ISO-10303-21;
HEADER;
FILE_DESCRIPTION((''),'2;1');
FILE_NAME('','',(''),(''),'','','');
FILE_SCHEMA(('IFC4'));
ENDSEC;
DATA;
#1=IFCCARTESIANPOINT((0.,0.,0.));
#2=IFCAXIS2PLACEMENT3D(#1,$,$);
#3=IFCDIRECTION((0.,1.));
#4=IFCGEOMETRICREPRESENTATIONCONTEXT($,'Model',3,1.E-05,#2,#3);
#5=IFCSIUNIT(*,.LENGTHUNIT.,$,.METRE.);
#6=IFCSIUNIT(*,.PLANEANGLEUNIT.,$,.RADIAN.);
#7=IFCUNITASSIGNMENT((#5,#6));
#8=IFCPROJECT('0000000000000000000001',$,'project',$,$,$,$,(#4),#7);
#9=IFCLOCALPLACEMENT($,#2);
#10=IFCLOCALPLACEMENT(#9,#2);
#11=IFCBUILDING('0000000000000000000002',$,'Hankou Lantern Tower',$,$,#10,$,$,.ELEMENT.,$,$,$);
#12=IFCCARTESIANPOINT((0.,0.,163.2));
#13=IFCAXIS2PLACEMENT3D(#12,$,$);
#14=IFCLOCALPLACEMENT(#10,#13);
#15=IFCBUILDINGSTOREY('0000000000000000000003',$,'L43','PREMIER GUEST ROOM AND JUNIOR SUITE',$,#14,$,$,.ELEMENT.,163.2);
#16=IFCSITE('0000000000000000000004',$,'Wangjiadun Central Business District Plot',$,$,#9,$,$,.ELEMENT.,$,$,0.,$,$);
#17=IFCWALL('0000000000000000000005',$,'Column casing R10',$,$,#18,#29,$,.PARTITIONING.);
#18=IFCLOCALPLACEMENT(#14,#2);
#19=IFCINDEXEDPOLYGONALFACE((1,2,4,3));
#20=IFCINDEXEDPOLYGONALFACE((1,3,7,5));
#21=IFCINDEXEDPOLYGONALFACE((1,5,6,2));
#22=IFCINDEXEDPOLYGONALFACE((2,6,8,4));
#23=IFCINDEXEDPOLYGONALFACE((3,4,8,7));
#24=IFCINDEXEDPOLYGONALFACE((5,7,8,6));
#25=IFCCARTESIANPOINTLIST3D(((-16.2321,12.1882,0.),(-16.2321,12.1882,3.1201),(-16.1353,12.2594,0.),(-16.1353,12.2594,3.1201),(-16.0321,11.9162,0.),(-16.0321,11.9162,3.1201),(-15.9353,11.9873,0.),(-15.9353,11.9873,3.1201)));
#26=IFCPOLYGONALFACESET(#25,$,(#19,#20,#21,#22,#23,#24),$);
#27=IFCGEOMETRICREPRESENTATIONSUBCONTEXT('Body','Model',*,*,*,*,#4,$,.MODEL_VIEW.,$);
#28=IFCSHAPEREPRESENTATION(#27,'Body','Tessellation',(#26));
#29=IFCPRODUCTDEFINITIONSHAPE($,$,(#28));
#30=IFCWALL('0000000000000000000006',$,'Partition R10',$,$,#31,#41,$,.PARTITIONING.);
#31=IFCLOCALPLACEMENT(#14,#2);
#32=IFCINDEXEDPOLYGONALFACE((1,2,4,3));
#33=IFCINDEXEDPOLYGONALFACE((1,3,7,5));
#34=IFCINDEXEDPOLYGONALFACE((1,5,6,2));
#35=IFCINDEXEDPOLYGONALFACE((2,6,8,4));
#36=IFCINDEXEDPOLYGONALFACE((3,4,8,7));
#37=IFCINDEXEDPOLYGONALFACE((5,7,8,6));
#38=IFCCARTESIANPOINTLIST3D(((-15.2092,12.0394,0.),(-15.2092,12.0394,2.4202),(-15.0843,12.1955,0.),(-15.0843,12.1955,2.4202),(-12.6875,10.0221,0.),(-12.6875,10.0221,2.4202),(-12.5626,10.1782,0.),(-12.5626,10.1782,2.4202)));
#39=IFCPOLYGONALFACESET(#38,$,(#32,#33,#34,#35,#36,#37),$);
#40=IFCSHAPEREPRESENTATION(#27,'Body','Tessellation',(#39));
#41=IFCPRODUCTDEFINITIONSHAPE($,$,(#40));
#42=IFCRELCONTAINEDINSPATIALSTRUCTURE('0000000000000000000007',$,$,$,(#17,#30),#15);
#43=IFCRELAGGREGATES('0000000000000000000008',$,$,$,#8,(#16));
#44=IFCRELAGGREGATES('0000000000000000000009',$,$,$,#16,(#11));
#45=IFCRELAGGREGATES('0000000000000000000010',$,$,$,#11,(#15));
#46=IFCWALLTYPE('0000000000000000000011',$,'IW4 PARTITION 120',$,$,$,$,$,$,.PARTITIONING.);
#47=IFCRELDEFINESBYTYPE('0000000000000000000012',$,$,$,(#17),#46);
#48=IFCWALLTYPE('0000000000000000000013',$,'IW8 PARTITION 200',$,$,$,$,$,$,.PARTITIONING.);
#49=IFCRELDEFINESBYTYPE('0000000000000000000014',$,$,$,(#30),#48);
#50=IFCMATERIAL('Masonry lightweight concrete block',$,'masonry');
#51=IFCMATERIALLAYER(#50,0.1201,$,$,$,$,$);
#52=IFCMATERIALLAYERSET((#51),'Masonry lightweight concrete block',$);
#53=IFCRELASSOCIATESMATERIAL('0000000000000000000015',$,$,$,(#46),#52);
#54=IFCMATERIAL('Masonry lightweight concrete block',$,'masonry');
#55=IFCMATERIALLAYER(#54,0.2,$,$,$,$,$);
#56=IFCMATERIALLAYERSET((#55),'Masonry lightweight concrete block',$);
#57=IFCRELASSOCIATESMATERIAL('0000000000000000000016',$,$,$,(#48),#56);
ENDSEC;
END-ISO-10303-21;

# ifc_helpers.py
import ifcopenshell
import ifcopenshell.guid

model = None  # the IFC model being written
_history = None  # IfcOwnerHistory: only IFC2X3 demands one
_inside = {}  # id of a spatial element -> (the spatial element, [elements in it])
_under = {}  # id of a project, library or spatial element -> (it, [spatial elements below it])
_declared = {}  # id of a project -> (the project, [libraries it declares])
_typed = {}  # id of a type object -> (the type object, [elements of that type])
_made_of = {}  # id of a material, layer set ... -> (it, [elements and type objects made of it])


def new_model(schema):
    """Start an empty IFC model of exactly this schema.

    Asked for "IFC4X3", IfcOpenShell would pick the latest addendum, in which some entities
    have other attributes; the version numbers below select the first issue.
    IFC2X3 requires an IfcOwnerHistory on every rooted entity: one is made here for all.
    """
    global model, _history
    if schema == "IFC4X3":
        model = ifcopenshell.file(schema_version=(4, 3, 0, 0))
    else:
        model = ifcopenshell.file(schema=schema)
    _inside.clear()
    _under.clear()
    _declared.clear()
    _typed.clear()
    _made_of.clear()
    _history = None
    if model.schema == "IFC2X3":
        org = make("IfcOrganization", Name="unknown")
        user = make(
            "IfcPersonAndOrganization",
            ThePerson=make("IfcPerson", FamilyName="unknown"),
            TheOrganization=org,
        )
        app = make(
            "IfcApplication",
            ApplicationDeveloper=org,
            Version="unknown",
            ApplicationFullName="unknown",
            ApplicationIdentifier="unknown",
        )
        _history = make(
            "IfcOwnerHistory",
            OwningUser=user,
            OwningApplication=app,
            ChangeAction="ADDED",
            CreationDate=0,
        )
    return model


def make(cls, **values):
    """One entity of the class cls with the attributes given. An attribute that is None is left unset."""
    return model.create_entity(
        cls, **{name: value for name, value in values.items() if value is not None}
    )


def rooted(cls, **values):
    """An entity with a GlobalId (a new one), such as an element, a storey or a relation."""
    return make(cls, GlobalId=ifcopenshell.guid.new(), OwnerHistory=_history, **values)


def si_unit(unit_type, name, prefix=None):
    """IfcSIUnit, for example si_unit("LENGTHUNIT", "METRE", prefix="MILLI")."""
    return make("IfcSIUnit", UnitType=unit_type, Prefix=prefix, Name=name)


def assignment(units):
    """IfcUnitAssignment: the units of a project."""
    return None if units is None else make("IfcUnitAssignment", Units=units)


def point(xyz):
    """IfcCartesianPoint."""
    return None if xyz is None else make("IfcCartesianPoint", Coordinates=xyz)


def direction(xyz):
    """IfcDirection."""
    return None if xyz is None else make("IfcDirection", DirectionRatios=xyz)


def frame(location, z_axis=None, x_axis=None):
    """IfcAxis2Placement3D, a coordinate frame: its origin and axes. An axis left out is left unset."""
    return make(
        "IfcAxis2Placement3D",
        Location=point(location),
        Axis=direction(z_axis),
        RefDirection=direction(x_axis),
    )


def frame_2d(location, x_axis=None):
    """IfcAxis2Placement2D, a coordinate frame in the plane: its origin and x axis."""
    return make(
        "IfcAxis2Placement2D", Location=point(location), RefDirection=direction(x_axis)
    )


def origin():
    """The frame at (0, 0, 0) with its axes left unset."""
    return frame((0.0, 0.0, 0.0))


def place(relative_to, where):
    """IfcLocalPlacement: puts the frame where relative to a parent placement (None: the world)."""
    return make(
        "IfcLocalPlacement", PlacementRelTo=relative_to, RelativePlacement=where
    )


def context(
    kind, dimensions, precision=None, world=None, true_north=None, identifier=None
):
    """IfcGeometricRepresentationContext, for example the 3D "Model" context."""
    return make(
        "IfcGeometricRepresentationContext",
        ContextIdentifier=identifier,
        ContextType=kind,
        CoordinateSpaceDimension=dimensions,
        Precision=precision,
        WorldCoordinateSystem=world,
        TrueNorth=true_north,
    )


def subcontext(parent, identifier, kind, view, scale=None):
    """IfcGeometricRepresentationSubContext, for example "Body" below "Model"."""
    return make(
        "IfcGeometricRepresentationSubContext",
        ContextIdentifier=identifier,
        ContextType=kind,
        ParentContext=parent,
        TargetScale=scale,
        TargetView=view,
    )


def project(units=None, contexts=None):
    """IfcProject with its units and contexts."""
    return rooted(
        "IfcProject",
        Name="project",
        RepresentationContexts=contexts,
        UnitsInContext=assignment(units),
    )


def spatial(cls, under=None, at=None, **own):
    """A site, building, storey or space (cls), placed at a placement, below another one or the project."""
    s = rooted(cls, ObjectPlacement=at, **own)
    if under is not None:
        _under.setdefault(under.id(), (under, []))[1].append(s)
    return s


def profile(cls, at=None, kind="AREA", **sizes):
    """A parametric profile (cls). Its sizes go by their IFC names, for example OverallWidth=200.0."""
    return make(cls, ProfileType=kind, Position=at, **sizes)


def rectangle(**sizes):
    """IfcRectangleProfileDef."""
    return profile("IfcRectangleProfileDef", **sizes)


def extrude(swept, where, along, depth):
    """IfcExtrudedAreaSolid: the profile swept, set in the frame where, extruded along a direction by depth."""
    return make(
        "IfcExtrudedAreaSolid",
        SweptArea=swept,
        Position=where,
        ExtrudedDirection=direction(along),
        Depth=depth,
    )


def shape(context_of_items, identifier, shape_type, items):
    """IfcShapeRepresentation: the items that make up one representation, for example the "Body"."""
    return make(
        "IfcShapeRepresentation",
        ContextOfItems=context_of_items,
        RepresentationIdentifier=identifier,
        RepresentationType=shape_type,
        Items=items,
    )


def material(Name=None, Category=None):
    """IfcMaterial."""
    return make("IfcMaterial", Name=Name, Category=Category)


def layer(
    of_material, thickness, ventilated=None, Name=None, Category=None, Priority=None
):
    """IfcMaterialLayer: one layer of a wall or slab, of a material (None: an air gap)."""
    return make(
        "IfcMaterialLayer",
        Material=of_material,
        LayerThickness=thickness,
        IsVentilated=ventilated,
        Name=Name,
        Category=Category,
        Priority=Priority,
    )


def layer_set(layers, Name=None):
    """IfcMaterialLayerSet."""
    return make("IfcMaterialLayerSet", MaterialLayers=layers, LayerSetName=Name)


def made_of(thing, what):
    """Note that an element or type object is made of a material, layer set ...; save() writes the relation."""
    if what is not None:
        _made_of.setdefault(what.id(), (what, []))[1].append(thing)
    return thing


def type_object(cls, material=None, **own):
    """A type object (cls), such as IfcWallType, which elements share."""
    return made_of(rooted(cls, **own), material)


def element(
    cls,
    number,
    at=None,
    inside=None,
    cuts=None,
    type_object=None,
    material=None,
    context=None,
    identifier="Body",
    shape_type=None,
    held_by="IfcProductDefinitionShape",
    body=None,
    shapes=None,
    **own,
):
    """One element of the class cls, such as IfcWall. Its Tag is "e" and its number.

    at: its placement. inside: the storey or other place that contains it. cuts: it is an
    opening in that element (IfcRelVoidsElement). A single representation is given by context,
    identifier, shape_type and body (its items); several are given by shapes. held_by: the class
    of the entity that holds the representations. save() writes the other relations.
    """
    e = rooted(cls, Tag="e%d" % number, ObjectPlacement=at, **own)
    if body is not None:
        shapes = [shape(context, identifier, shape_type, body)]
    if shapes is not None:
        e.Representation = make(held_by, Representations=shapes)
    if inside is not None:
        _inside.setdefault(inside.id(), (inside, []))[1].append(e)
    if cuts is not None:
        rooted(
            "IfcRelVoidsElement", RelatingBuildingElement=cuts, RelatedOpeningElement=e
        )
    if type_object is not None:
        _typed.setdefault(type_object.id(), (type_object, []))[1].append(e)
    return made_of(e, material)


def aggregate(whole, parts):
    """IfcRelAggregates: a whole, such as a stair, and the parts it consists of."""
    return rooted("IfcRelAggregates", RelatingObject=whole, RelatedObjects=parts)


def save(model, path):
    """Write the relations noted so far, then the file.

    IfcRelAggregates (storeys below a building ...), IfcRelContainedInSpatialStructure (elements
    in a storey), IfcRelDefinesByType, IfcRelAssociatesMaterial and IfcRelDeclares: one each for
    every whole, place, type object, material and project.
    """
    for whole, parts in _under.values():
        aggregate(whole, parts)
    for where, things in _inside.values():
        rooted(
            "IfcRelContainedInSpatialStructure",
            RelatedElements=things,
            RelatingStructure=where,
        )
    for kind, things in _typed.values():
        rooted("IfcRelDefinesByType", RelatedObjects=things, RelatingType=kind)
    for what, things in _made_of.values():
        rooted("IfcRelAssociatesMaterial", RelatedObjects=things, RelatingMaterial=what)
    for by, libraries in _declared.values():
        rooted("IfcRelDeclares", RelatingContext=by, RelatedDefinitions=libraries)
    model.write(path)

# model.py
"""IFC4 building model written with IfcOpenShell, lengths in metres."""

from ifc_helpers import new_model, si_unit, direction, frame, frame_2d, origin, place, context, subcontext, project, spatial, rectangle, extrude, material, layer, layer_set, type_object, element, save


model = new_model("IFC4")

# Units and contexts
model_context = context("Model", 3, precision=1e-05, world=origin(), true_north=direction((0.0, 1.0)))
body_context = subcontext(model_context, "Body", "Model", "MODEL_VIEW")
ifc_project = project(units=[si_unit("LENGTHUNIT", "METRE"), si_unit("PLANEANGLEUNIT", "RADIAN")], contexts=[model_context])

# Site, building, storey
site_placement = place(None, origin())
site = spatial("IfcSite", under=ifc_project, at=site_placement, Name="Wangjiadun Central Business District Plot", CompositionType="ELEMENT", RefElevation=0.0)
building_placement = place(site_placement, origin())
building = spatial("IfcBuilding", under=site, at=building_placement, Name="Hankou Lantern Tower", CompositionType="ELEMENT")
storey_placement = place(building_placement, frame((0.0, 0.0, 163.2)))
storey = spatial("IfcBuildingStorey", under=building, at=storey_placement, Name="L43", Description="PREMIER GUEST ROOM AND JUNIOR SUITE", CompositionType="ELEMENT", Elevation=163.2)

# Walls
ifc_material_1 = material(Name="Masonry lightweight concrete block", Category="masonry")
ifc_layer_1 = layer(ifc_material_1, 0.1201)
ifc_layer_set_1 = layer_set([ifc_layer_1], Name="Masonry lightweight concrete block")
wall_type_1 = type_object("IfcWallType", Name="IW4 PARTITION 120", PredefinedType="PARTITIONING", material=ifc_layer_set_1)
wall_1_placement = place(storey_placement, frame((-15.9836, 11.9517, 0.0), z_axis=(0.0, 0.0, 1.0), x_axis=(-0.592335, 0.805692, 0.0)))
element("IfcWall", 1, at=wall_1_placement, inside=storey, type_object=wall_type_1, Name="Column casing R10", PredefinedType="PARTITIONING", context=body_context, shape_type="SweptSolid", body=[
    extrude(rectangle(XDim=0.3376, YDim=0.1201, at=frame_2d((0.1689, 0.0))), origin(), (0.0, 0.0, 1.0), 3.1201),
])
ifc_material_2 = material(Name="Masonry lightweight concrete block", Category="masonry")
ifc_layer_2 = layer(ifc_material_2, 0.2)
ifc_layer_set_2 = layer_set([ifc_layer_2], Name="Masonry lightweight concrete block")
wall_type_2 = type_object("IfcWallType", Name="IW8 PARTITION 200", PredefinedType="PARTITIONING", material=ifc_layer_set_2)
wall_2_placement = place(storey_placement, frame((-12.625, 10.1001, 0.0), z_axis=(0.0, 0.0, 1.0), x_axis=(-0.780876, 0.624686, 0.0)))
element("IfcWall", 2, at=wall_2_placement, inside=storey, type_object=wall_type_2, Name="Partition R10", PredefinedType="PARTITIONING", context=body_context, shape_type="SweptSolid", body=[
    extrude(rectangle(XDim=3.2292, YDim=0.2, at=frame_2d((1.6147, 0.0))), origin(), (0.0, 0.0, 1.0), 2.4202),
])

save(model, "model.ifc")
